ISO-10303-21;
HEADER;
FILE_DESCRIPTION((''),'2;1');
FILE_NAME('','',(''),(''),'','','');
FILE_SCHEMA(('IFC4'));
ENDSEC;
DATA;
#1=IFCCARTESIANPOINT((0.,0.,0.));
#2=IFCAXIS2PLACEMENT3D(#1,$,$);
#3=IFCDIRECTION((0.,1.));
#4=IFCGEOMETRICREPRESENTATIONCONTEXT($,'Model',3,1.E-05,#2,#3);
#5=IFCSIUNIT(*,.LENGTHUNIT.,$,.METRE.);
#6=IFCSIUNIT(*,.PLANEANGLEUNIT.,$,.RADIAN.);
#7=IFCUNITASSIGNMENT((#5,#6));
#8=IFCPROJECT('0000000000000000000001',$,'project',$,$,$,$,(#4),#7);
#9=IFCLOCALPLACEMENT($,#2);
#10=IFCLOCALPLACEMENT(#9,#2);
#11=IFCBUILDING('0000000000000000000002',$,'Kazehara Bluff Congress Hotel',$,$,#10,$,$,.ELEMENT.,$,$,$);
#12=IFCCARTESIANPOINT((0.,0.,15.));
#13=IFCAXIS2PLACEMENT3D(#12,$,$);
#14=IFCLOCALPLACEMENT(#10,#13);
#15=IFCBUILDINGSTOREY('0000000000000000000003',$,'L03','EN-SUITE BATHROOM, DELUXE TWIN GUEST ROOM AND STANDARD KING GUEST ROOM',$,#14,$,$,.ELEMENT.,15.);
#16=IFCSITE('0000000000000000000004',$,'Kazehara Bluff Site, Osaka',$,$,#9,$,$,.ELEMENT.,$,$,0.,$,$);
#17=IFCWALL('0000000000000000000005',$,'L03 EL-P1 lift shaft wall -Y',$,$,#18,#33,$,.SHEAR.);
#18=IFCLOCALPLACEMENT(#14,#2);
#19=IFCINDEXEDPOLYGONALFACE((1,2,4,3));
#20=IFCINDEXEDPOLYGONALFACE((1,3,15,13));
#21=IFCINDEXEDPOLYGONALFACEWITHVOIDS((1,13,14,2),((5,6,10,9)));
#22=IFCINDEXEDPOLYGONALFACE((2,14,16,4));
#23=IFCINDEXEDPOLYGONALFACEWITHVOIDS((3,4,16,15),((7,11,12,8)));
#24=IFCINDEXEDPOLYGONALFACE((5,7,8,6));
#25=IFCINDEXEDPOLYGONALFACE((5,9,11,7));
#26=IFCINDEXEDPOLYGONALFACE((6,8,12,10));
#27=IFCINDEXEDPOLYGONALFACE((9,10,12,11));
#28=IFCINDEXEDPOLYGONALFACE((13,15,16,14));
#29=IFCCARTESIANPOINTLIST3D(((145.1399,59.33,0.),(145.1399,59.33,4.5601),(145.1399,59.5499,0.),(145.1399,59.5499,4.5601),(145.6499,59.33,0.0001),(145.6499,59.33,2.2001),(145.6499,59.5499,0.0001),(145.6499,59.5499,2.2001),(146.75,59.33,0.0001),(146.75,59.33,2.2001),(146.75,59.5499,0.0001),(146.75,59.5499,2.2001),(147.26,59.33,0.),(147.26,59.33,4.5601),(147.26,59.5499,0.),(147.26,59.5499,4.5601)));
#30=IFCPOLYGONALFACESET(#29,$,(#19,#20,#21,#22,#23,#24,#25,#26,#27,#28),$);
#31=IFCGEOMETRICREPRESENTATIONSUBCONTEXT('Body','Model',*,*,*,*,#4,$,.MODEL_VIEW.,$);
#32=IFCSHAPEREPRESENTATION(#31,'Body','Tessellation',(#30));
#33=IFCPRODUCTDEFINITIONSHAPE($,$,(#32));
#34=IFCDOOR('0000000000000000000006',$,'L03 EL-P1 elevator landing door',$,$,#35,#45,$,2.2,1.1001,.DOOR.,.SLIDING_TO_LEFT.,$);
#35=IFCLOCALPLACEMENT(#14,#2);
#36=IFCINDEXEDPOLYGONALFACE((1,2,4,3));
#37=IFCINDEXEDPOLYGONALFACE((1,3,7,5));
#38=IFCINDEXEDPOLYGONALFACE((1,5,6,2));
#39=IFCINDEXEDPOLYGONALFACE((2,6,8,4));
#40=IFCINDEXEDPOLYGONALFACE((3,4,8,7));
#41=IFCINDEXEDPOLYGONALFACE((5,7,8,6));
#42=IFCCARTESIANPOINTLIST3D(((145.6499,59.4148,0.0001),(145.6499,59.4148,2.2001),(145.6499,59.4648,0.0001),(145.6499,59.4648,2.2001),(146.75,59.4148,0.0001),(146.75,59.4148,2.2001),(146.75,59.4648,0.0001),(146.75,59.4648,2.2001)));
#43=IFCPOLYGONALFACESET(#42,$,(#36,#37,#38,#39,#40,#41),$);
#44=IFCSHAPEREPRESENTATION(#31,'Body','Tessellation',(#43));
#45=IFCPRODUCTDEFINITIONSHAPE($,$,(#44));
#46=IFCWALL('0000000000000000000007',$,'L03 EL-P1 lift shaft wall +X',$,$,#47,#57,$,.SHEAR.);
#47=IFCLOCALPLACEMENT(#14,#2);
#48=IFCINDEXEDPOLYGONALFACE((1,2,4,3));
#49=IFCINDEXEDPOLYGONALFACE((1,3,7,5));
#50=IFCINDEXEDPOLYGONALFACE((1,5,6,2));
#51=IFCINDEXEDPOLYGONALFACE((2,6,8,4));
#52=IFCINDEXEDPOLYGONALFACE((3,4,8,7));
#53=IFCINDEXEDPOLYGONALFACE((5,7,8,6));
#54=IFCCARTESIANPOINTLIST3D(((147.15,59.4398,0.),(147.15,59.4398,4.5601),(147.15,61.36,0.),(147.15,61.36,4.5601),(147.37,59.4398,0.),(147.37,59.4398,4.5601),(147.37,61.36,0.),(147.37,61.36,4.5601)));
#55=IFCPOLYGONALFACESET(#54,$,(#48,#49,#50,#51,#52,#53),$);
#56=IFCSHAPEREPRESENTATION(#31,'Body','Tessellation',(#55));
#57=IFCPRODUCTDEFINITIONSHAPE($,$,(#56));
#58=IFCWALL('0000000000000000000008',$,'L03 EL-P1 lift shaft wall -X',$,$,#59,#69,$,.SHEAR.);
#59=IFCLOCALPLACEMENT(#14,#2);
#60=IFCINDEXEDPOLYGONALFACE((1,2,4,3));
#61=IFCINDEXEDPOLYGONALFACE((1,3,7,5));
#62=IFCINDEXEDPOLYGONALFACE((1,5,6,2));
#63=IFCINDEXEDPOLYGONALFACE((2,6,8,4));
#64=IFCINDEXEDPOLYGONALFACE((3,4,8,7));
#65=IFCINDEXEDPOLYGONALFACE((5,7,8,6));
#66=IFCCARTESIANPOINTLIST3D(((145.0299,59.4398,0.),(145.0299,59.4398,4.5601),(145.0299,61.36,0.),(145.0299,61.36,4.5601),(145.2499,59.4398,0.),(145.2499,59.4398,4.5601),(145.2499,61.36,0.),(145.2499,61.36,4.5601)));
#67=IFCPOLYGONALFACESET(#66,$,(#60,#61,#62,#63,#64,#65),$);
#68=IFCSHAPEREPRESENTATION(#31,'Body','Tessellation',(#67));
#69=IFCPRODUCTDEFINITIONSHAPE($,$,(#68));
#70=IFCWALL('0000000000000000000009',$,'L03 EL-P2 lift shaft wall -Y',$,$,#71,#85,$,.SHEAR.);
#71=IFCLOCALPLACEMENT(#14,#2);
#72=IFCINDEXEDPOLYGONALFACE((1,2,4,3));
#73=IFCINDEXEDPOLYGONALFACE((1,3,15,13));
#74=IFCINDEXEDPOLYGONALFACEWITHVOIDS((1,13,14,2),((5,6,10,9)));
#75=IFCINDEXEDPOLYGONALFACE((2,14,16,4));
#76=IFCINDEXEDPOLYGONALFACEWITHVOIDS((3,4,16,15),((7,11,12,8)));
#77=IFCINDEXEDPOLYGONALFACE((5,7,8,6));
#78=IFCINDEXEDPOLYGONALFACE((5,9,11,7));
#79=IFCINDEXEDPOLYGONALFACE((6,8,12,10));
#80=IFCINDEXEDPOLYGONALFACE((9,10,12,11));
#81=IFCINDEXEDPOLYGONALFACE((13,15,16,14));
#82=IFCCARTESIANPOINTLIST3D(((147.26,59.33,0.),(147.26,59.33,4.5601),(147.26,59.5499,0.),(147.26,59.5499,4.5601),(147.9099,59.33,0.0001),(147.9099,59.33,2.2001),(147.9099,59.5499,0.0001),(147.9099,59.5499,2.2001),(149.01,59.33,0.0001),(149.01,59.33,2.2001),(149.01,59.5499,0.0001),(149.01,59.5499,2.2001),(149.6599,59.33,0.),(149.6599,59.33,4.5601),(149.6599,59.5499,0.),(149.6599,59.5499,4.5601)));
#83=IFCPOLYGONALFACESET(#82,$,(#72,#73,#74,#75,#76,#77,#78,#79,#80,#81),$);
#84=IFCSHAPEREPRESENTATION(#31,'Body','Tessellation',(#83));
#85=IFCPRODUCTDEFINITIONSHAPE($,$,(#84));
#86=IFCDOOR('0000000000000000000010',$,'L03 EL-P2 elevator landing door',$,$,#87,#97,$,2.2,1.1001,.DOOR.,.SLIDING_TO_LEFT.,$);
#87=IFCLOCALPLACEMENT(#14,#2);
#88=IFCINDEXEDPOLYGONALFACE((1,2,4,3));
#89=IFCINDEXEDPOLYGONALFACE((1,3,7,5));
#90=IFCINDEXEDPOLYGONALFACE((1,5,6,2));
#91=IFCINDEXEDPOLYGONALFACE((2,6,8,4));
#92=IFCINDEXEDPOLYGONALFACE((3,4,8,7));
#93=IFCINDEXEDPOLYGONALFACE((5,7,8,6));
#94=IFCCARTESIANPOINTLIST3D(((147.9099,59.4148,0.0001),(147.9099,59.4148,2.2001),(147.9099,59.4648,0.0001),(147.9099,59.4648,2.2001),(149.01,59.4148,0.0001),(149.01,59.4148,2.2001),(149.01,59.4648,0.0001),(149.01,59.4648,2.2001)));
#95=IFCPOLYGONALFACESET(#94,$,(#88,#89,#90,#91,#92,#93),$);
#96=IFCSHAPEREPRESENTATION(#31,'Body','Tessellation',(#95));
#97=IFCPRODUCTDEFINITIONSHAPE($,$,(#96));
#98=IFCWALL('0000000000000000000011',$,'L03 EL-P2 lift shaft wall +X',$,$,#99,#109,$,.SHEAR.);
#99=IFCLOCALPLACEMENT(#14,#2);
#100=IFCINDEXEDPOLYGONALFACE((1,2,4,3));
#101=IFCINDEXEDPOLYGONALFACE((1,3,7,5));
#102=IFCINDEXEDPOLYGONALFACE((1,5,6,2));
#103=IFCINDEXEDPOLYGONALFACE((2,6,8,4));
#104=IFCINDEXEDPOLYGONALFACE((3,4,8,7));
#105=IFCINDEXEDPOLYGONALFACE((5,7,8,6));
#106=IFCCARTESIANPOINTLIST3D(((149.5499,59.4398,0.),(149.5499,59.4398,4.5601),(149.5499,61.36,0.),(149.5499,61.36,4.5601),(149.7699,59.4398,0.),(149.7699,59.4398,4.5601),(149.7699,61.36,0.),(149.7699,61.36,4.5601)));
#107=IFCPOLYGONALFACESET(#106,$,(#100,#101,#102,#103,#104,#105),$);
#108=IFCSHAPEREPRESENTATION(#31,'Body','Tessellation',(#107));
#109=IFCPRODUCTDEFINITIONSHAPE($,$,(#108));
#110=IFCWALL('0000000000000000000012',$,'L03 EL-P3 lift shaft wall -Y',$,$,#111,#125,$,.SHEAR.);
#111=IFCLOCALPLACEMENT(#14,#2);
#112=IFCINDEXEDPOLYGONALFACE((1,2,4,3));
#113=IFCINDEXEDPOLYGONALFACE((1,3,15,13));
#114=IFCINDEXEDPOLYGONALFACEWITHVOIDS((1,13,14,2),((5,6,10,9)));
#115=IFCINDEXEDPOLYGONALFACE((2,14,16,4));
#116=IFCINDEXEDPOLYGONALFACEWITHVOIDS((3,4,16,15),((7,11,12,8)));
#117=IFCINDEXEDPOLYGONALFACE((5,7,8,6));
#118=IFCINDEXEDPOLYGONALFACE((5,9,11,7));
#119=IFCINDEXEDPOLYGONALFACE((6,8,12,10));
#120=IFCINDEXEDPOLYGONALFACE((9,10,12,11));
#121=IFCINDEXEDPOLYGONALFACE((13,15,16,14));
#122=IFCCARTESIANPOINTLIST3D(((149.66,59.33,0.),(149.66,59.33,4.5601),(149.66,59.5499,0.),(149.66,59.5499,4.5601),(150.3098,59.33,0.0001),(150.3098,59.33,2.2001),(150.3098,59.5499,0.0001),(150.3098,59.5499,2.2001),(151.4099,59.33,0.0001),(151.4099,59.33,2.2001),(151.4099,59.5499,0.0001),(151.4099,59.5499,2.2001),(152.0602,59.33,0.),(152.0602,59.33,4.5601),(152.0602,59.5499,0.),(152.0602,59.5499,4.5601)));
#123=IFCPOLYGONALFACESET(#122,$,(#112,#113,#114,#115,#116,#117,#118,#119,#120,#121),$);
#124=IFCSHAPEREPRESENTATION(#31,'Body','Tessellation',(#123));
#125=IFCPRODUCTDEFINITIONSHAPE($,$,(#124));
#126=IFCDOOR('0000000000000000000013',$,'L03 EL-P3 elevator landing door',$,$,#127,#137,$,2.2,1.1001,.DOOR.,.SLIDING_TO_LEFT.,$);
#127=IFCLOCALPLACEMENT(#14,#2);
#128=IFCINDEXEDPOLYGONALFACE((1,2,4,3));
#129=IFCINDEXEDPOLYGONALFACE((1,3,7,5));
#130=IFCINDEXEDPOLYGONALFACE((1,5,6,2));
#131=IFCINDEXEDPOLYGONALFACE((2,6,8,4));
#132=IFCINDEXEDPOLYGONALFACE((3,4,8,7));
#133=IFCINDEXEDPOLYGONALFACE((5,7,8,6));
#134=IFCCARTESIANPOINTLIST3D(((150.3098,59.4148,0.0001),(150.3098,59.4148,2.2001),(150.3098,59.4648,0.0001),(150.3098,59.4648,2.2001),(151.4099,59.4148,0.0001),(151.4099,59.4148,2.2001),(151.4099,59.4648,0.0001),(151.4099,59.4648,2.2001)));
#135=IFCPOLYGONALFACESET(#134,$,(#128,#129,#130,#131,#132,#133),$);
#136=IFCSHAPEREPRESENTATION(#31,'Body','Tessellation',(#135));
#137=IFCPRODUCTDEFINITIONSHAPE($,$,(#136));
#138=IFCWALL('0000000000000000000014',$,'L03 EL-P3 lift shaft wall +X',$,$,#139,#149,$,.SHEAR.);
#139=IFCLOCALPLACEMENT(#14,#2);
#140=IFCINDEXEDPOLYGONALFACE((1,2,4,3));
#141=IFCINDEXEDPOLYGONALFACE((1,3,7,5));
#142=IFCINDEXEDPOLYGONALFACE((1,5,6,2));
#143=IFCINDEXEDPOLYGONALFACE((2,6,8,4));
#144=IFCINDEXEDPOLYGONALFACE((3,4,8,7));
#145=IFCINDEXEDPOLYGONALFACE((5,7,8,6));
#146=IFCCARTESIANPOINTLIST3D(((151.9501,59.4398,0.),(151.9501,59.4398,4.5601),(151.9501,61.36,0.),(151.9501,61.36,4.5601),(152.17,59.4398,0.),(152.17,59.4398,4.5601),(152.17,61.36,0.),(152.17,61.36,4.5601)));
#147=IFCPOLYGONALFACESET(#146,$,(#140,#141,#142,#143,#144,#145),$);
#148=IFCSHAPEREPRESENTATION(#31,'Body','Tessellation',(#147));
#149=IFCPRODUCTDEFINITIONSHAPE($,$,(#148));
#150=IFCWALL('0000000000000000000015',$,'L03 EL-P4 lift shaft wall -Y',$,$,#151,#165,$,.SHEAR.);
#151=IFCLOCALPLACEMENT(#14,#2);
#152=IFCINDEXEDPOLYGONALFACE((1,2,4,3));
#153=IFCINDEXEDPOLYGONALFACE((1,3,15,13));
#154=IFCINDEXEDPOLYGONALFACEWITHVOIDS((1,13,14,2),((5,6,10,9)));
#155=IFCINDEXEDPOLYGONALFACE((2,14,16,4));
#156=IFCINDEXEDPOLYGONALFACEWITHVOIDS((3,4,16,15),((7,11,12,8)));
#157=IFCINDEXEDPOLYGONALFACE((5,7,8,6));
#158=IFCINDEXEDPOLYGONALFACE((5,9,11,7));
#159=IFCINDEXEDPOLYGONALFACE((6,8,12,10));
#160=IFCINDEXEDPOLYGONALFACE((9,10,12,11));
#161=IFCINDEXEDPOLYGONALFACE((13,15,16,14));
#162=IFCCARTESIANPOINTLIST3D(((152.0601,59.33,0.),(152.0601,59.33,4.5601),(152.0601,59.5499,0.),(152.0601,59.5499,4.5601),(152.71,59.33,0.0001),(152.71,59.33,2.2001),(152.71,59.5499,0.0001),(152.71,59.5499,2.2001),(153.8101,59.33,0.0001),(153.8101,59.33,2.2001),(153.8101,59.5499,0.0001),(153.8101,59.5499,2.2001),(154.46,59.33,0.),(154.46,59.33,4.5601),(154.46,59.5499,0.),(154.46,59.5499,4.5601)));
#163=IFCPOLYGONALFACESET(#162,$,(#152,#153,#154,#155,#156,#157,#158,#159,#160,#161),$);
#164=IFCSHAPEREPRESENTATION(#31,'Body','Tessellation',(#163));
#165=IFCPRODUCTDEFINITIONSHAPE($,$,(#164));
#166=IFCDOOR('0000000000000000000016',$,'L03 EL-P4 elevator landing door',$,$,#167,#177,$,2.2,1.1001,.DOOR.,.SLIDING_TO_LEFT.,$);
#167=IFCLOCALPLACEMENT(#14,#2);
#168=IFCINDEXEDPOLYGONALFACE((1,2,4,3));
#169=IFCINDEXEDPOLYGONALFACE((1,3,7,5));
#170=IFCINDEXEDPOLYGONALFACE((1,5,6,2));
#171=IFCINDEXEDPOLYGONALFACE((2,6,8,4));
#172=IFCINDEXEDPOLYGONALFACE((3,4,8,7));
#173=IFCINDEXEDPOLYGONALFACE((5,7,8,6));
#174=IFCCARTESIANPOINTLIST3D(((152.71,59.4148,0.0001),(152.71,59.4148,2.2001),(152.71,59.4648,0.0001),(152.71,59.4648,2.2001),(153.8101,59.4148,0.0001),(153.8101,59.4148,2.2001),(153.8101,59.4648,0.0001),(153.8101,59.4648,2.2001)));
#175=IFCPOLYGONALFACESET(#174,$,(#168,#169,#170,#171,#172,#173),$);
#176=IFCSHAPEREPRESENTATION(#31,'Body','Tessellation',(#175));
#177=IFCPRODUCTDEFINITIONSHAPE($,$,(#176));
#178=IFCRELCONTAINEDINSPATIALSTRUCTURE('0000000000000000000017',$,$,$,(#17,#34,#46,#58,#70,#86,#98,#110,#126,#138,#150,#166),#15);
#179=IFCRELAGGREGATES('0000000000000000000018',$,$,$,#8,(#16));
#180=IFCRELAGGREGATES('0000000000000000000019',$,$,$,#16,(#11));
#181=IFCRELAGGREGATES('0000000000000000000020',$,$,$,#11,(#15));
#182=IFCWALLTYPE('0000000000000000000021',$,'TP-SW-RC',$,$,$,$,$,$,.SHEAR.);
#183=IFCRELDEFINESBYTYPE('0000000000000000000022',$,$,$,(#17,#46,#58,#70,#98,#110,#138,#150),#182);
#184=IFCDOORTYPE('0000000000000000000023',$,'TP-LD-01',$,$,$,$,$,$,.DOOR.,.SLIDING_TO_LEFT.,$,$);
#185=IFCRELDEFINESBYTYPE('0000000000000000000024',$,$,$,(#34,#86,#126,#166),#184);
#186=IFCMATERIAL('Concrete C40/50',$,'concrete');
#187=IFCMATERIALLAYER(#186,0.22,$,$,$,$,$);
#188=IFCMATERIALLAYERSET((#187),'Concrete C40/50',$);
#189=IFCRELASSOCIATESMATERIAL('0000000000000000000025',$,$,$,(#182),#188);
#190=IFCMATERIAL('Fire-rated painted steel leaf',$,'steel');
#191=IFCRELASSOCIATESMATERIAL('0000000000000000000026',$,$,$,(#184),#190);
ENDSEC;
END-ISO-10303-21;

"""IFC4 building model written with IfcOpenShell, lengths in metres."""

from ifc_helpers import new_model, si_unit, direction, frame, frame_2d, origin, place, context, subcontext, project, spatial, rectangle, extrude, material, layer, layer_set, type_object, element, fill, save


model = new_model("IFC4")

# Units and contexts
model_context = context("Model", 3, precision=1e-05, world=origin(), true_north=direction((0.0, 1.0)))
body_context = subcontext(model_context, "Body", "Model", "MODEL_VIEW")
ifc_project = project(units=[si_unit("LENGTHUNIT", "METRE"), si_unit("PLANEANGLEUNIT", "RADIAN")], contexts=[model_context])

# Site, building, storey
site_placement = place(None, origin())
site = spatial("IfcSite", under=ifc_project, at=site_placement, Name="Kazehara Bluff Site, Osaka", CompositionType="ELEMENT", RefElevation=0.0)
building_placement = place(site_placement, origin())
building = spatial("IfcBuilding", under=site, at=building_placement, Name="Kazehara Bluff Congress Hotel", CompositionType="ELEMENT")
storey_placement = place(building_placement, frame((0.0, 0.0, 15.0)))
storey = spatial("IfcBuildingStorey", under=building, at=storey_placement, Name="L03", Description="EN-SUITE BATHROOM, DELUXE TWIN GUEST ROOM AND STANDARD KING GUEST ROOM", CompositionType="ELEMENT", Elevation=15.0)

# Wall, opening, door
ifc_material_1 = material(Name="Concrete C40/50", Category="concrete")
ifc_layer_1 = layer(ifc_material_1, 0.22)
ifc_layer_set_1 = layer_set([ifc_layer_1], Name="Concrete C40/50")
wall_type_1 = type_object("IfcWallType", Name="TP-SW-RC", PredefinedType="SHEAR", material=ifc_layer_set_1)
wall_1_placement = place(storey_placement, frame((145.1399, 59.4399, 0.0), z_axis=(0.0, 0.0, 1.0), x_axis=(1.0, 0.0, 0.0)))
wall_1 = element("IfcWall", 1, at=wall_1_placement, inside=storey, type_object=wall_type_1, Name="L03 EL-P1 lift shaft wall -Y", PredefinedType="SHEAR", context=body_context, shape_type="SweptSolid", body=[
    extrude(rectangle(XDim=2.1201, YDim=0.22, at=frame_2d((1.0601, 0.0))), origin(), (0.0, 0.0, 1.0), 4.5601),
])
opening_1_placement = place(wall_1_placement, frame((0.51, 0.0, 0.0)))
opening_1 = element("IfcOpeningElement", 2, at=opening_1_placement, cuts=wall_1, PredefinedType="OPENING", context=body_context, shape_type="SweptSolid", body=[
    extrude(rectangle(XDim=1.1001, YDim=2.2, at=frame_2d((0.55, 1.1001))), frame((0.0, 0.1199, 0.0), z_axis=(0.0, -1.0, 0.0), x_axis=(1.0, 0.0, 0.0)), (0.0, 0.0, 1.0), 0.24),
])
ifc_material_2 = material(Name="Fire-rated painted steel leaf", Category="steel")
door_type_1 = type_object("IfcDoorType", Name="TP-LD-01", OperationType="SLIDING_TO_LEFT", PredefinedType="DOOR", material=ifc_material_2)
door_1_placement = place(opening_1_placement, origin())
door_1 = element("IfcDoor", 3, at=door_1_placement, inside=storey, type_object=door_type_1, Name="L03 EL-P1 elevator landing door", OperationType="SLIDING_TO_LEFT", OverallHeight=2.2, OverallWidth=1.1001, PredefinedType="DOOR", context=body_context, shape_type="SweptSolid", body=[
    extrude(rectangle(XDim=1.1001, YDim=2.2, at=frame_2d((0.55, 1.1001))), frame((0.0, 0.0249, 0.0), z_axis=(0.0, -1.0, 0.0), x_axis=(1.0, 0.0, 0.0)), (0.0, 0.0, 1.0), 0.05),
])
fill(opening_1, door_1)

# Walls
for number, where, z_axis, x_axis, name in (
    (4, (147.26, 59.4399, 0.0), (0.0, 0.0, 1.0), (0.0, 1.0, 0.0), "L03 EL-P1 lift shaft wall +X"),
    (5, (145.1399, 59.4399, 0.0), (0.0, 0.0, 1.0), (0.0, 1.0, 0.0), "L03 EL-P1 lift shaft wall -X"),
):
    element("IfcWall", number, at=place(storey_placement, frame(where, z_axis=z_axis, x_axis=x_axis)), inside=storey, type_object=wall_type_1, Name=name, PredefinedType="SHEAR", context=body_context, shape_type="SweptSolid", body=[
        extrude(rectangle(XDim=1.9202, YDim=0.22, at=frame_2d((0.96, 0.0))), origin(), (0.0, 0.0, 1.0), 4.5601),
    ])

# Wall, opening, door
wall_2_placement = place(storey_placement, frame((147.26, 59.4399, 0.0), z_axis=(0.0, 0.0, 1.0), x_axis=(1.0, 0.0, 0.0)))
wall_2 = element("IfcWall", 6, at=wall_2_placement, inside=storey, type_object=wall_type_1, Name="L03 EL-P2 lift shaft wall -Y", PredefinedType="SHEAR", context=body_context, shape_type="SweptSolid", body=[
    extrude(rectangle(XDim=2.3999, YDim=0.22, at=frame_2d((1.2, 0.0))), origin(), (0.0, 0.0, 1.0), 4.5601),
])
opening_2_placement = place(wall_2_placement, frame((0.6499, 0.0, 0.0)))
opening_2 = element("IfcOpeningElement", 7, at=opening_2_placement, cuts=wall_2, PredefinedType="OPENING", context=body_context, shape_type="SweptSolid", body=[
    extrude(rectangle(XDim=1.1001, YDim=2.2, at=frame_2d((0.55, 1.1001))), frame((0.0, 0.1199, 0.0), z_axis=(0.0, -1.0, 0.0), x_axis=(1.0, 0.0, 0.0)), (0.0, 0.0, 1.0), 0.24),
])
door_2_placement = place(opening_2_placement, origin())
door_2 = element("IfcDoor", 8, at=door_2_placement, inside=storey, type_object=door_type_1, Name="L03 EL-P2 elevator landing door", OperationType="SLIDING_TO_LEFT", OverallHeight=2.2, OverallWidth=1.1001, PredefinedType="DOOR", context=body_context, shape_type="SweptSolid", body=[
    extrude(rectangle(XDim=1.1001, YDim=2.2, at=frame_2d((0.55, 1.1001))), frame((0.0, 0.0249, 0.0), z_axis=(0.0, -1.0, 0.0), x_axis=(1.0, 0.0, 0.0)), (0.0, 0.0, 1.0), 0.05),
])
fill(opening_2, door_2)

# Wall
wall_3_placement = place(storey_placement, frame((149.6599, 59.4399, 0.0), z_axis=(0.0, 0.0, 1.0), x_axis=(0.0, 1.0, 0.0)))
element("IfcWall", 9, at=wall_3_placement, inside=storey, type_object=wall_type_1, Name="L03 EL-P2 lift shaft wall +X", PredefinedType="SHEAR", context=body_context, shape_type="SweptSolid", body=[
    extrude(rectangle(XDim=1.9202, YDim=0.22, at=frame_2d((0.96, 0.0))), origin(), (0.0, 0.0, 1.0), 4.5601),
])

# Wall, opening, door
wall_4_placement = place(storey_placement, frame((149.6599, 59.4399, 0.0), z_axis=(0.0, 0.0, 1.0), x_axis=(1.0, 0.0, 0.0)))
wall_4 = element("IfcWall", 10, at=wall_4_placement, inside=storey, type_object=wall_type_1, Name="L03 EL-P3 lift shaft wall -Y", PredefinedType="SHEAR", context=body_context, shape_type="SweptSolid", body=[
    extrude(rectangle(XDim=2.4001, YDim=0.22, at=frame_2d((1.2002, 0.0))), origin(), (0.0, 0.0, 1.0), 4.5601),
])
opening_3_placement = place(wall_4_placement, frame((0.6499, 0.0, 0.0)))
opening_3 = element("IfcOpeningElement", 11, at=opening_3_placement, cuts=wall_4, PredefinedType="OPENING", context=body_context, shape_type="SweptSolid", body=[
    extrude(rectangle(XDim=1.1001, YDim=2.2, at=frame_2d((0.55, 1.1001))), frame((0.0, 0.1199, 0.0), z_axis=(0.0, -1.0, 0.0), x_axis=(1.0, 0.0, 0.0)), (0.0, 0.0, 1.0), 0.24),
])
door_3_placement = place(opening_3_placement, origin())
door_3 = element("IfcDoor", 12, at=door_3_placement, inside=storey, type_object=door_type_1, Name="L03 EL-P3 elevator landing door", OperationType="SLIDING_TO_LEFT", OverallHeight=2.2, OverallWidth=1.1001, PredefinedType="DOOR", context=body_context, shape_type="SweptSolid", body=[
    extrude(rectangle(XDim=1.1001, YDim=2.2, at=frame_2d((0.55, 1.1001))), frame((0.0, 0.0249, 0.0), z_axis=(0.0, -1.0, 0.0), x_axis=(1.0, 0.0, 0.0)), (0.0, 0.0, 1.0), 0.05),
])
fill(opening_3, door_3)

# Wall
wall_5_placement = place(storey_placement, frame((152.0601, 59.4399, 0.0), z_axis=(0.0, 0.0, 1.0), x_axis=(0.0, 1.0, 0.0)))
element("IfcWall", 13, at=wall_5_placement, inside=storey, type_object=wall_type_1, Name="L03 EL-P3 lift shaft wall +X", PredefinedType="SHEAR", context=body_context, shape_type="SweptSolid", body=[
    extrude(rectangle(XDim=1.9202, YDim=0.22, at=frame_2d((0.96, 0.0))), origin(), (0.0, 0.0, 1.0), 4.5601),
])

# Wall, opening, door
wall_6_placement = place(storey_placement, frame((152.0601, 59.4399, 0.0), z_axis=(0.0, 0.0, 1.0), x_axis=(1.0, 0.0, 0.0)))
wall_6 = element("IfcWall", 14, at=wall_6_placement, inside=storey, type_object=wall_type_1, Name="L03 EL-P4 lift shaft wall -Y", PredefinedType="SHEAR", context=body_context, shape_type="SweptSolid", body=[
    extrude(rectangle(XDim=2.3999, YDim=0.22, at=frame_2d((1.2, 0.0))), origin(), (0.0, 0.0, 1.0), 4.5601),
])
opening_4_placement = place(wall_6_placement, frame((0.6499, 0.0, 0.0)))
opening_4 = element("IfcOpeningElement", 15, at=opening_4_placement, cuts=wall_6, PredefinedType="OPENING", context=body_context, shape_type="SweptSolid", body=[
    extrude(rectangle(XDim=1.1001, YDim=2.2, at=frame_2d((0.55, 1.1001))), frame((0.0, 0.1199, 0.0), z_axis=(0.0, -1.0, 0.0), x_axis=(1.0, 0.0, 0.0)), (0.0, 0.0, 1.0), 0.24),
])
door_4_placement = place(opening_4_placement, origin())
door_4 = element("IfcDoor", 16, at=door_4_placement, inside=storey, type_object=door_type_1, Name="L03 EL-P4 elevator landing door", OperationType="SLIDING_TO_LEFT", OverallHeight=2.2, OverallWidth=1.1001, PredefinedType="DOOR", context=body_context, shape_type="SweptSolid", body=[
    extrude(rectangle(XDim=1.1001, YDim=2.2, at=frame_2d((0.55, 1.1001))), frame((0.0, 0.0249, 0.0), z_axis=(0.0, -1.0, 0.0), x_axis=(1.0, 0.0, 0.0)), (0.0, 0.0, 1.0), 0.05),
])
fill(opening_4, door_4)

save(model, "model.ifc")
